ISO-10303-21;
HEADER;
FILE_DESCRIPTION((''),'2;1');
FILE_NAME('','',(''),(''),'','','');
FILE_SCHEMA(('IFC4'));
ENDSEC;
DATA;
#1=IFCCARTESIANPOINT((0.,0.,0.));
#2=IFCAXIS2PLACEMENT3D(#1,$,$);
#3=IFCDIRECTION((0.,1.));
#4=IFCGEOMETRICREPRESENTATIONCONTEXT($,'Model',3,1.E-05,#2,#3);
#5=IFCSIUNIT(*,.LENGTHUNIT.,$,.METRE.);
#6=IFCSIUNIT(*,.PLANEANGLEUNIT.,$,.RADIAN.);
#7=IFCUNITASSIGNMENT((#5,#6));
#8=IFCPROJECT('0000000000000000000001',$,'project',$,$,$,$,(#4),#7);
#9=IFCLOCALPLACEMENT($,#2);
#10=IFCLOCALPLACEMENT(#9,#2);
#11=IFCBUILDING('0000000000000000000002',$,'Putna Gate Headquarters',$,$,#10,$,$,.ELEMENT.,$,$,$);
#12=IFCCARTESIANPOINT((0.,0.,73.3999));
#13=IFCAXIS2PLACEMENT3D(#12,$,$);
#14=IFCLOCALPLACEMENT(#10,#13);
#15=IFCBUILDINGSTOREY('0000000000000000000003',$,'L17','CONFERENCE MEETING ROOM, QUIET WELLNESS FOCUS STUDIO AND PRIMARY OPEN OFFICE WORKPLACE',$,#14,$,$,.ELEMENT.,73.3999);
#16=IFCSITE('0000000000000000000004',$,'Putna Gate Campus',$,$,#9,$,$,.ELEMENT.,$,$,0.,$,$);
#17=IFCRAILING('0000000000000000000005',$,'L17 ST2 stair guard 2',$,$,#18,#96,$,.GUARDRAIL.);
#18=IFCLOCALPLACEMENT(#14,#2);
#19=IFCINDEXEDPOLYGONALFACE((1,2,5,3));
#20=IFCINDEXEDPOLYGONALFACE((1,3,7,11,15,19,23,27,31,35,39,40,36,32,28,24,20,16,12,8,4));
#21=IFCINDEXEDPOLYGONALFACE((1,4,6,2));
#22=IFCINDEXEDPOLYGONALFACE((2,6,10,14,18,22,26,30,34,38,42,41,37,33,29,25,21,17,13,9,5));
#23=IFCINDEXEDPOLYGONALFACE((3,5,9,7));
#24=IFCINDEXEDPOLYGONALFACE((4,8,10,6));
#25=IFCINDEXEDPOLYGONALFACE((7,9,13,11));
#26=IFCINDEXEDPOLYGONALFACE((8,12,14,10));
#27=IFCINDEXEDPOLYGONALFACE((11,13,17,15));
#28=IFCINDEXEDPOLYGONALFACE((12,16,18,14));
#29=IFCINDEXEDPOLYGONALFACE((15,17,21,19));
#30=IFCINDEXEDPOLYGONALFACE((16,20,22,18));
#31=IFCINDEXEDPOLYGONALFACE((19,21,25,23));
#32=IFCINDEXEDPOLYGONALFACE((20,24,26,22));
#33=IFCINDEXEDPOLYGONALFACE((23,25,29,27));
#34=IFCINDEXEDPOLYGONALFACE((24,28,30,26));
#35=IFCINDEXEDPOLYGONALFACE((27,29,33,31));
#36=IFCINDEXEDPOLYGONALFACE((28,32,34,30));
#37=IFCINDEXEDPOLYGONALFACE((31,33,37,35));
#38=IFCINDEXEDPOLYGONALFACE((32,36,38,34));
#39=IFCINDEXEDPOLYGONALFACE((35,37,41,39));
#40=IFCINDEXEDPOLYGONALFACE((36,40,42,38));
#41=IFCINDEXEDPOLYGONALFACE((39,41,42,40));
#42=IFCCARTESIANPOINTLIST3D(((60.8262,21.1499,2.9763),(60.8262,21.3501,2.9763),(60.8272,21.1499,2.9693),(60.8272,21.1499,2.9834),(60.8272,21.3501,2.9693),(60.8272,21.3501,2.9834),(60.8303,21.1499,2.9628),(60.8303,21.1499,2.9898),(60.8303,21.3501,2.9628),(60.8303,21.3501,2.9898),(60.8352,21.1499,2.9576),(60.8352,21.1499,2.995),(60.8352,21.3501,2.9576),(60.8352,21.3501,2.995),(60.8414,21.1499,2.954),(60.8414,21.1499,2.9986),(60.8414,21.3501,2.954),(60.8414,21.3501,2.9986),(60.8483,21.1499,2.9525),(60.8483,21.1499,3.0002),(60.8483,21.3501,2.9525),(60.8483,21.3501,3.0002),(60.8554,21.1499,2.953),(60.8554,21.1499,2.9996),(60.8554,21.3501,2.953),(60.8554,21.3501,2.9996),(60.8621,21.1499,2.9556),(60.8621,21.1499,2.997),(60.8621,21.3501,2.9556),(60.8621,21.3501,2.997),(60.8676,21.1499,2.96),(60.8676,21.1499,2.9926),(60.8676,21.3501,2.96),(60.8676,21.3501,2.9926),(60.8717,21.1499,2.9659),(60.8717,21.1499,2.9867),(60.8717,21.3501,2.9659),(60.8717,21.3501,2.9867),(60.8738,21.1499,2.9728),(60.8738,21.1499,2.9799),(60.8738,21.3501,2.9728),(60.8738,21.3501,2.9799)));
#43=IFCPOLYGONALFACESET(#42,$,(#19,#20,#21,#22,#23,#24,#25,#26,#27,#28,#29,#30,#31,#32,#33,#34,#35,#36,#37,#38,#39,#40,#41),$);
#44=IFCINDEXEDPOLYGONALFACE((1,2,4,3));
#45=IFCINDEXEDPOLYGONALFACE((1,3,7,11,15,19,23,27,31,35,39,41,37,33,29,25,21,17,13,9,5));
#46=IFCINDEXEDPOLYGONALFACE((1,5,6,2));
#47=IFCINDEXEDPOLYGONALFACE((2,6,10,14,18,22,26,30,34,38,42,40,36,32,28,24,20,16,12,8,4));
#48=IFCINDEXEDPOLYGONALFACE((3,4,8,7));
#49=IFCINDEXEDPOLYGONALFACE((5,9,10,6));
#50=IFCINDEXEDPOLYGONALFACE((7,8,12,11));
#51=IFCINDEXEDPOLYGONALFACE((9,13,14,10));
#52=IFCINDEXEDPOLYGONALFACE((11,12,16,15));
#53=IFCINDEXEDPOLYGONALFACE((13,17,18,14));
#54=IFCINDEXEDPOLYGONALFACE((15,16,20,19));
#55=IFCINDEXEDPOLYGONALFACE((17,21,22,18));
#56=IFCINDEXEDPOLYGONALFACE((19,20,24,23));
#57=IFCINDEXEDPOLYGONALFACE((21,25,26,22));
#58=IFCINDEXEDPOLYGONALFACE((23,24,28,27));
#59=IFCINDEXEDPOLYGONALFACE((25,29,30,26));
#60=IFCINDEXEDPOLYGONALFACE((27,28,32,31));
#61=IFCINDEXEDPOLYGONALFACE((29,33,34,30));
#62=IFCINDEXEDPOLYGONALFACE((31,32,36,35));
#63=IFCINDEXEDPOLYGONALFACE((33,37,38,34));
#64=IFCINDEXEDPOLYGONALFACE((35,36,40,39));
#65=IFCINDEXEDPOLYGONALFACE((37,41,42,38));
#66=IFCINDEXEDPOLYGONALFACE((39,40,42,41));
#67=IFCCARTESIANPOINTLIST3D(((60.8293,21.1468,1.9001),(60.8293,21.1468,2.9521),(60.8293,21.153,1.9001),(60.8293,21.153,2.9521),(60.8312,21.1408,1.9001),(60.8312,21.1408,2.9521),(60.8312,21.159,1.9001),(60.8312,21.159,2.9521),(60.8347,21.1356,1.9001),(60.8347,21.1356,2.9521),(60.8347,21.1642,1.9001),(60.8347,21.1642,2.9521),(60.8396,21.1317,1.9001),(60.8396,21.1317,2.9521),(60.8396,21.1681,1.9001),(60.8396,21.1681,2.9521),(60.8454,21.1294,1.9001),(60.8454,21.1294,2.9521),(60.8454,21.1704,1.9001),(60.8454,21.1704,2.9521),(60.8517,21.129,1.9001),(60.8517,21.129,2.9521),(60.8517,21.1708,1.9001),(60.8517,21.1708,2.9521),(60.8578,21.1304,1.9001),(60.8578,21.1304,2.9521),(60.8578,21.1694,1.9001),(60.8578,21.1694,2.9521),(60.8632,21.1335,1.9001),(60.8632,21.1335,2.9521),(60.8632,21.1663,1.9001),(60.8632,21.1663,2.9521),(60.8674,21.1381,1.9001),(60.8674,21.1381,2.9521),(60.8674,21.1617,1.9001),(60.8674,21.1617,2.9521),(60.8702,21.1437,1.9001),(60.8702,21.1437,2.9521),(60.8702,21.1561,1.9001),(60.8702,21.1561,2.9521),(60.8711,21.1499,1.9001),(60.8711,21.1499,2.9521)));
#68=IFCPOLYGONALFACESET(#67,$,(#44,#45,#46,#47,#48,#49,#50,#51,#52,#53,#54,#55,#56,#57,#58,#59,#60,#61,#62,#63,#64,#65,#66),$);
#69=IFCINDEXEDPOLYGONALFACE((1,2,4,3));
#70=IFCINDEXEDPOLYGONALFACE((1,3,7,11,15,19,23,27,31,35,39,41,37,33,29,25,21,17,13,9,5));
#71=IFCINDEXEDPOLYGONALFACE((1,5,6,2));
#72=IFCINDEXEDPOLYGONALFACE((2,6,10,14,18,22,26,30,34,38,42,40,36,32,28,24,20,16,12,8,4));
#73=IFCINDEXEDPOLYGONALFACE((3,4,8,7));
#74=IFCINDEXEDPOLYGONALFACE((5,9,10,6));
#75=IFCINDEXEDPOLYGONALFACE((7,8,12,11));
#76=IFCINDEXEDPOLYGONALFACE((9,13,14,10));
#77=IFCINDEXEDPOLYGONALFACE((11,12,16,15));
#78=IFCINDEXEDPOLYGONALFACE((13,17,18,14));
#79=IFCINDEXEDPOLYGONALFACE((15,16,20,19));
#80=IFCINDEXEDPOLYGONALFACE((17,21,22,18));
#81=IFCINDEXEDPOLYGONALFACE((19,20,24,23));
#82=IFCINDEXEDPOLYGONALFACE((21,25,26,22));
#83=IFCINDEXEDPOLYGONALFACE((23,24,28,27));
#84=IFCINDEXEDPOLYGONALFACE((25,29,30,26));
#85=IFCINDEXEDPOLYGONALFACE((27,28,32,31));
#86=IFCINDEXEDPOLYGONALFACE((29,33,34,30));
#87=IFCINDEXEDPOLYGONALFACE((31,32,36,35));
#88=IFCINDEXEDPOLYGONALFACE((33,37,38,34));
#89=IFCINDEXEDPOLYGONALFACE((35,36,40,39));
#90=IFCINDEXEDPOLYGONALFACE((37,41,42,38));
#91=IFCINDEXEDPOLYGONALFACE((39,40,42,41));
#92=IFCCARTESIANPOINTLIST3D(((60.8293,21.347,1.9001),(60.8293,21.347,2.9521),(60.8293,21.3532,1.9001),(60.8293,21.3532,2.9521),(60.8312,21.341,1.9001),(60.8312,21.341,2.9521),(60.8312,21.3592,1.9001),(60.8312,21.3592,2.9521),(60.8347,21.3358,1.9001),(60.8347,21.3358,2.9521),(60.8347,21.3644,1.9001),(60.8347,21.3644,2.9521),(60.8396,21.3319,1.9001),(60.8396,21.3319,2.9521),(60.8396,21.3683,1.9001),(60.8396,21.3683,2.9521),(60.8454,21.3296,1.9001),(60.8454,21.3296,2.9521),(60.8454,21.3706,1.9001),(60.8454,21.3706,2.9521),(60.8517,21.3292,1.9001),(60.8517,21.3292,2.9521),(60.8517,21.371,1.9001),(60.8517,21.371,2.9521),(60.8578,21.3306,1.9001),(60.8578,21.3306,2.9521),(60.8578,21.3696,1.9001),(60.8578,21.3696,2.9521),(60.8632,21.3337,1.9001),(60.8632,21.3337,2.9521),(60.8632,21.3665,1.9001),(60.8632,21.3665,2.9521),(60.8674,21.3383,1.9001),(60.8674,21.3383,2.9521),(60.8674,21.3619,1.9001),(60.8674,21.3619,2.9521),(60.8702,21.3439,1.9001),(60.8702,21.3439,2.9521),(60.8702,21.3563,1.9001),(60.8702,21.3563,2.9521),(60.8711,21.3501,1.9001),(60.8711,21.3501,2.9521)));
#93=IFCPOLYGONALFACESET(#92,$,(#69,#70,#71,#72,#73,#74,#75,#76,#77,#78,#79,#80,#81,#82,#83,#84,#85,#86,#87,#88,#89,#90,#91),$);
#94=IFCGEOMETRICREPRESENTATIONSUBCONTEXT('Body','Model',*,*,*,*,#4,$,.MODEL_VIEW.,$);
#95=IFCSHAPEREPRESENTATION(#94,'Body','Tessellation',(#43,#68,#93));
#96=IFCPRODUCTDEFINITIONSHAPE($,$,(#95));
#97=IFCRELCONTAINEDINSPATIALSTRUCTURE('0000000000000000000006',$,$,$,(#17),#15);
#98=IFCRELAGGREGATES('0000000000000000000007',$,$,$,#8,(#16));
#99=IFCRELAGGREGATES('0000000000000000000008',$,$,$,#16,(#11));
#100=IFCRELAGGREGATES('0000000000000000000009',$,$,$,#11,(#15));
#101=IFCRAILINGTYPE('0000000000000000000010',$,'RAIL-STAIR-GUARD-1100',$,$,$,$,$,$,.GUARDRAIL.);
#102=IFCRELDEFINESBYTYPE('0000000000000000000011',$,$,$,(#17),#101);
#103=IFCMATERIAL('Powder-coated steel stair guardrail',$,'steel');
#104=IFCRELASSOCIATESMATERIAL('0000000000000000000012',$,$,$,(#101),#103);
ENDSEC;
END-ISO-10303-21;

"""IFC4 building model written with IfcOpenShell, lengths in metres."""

from ifc_helpers import new_model, si_unit, direction, frame, origin, origin_2d, place, context, subcontext, project, spatial, circle, extrude, material, type_object, element, save


model = new_model("IFC4")

# Units and contexts
model_context = context("Model", 3, precision=1e-05, world=origin(), true_north=direction((0.0, 1.0)))
body_context = subcontext(model_context, "Body", "Model", "MODEL_VIEW")
ifc_project = project(units=[si_unit("LENGTHUNIT", "METRE"), si_unit("PLANEANGLEUNIT", "RADIAN")], contexts=[model_context])

# Site, building, storey
site_placement = place(None, origin())
site = spatial("IfcSite", under=ifc_project, at=site_placement, Name="Putna Gate Campus", CompositionType="ELEMENT", RefElevation=0.0)
building_placement = place(site_placement, origin())
building = spatial("IfcBuilding", under=site, at=building_placement, Name="Putna Gate Headquarters", CompositionType="ELEMENT")
storey_placement = place(building_placement, frame((0.0, 0.0, 73.3999)))
storey = spatial("IfcBuildingStorey", under=building, at=storey_placement, Name="L17", Description="CONFERENCE MEETING ROOM, QUIET WELLNESS FOCUS STUDIO AND PRIMARY OPEN OFFICE WORKPLACE", CompositionType="ELEMENT", Elevation=73.3999)

# Railing
ifc_material_1 = material(Name="Powder-coated steel stair guardrail", Category="steel")
railing_type_1 = type_object("IfcRailingType", Name="RAIL-STAIR-GUARD-1100", PredefinedType="GUARDRAIL", material=ifc_material_1)
railing_1_placement = place(storey_placement, frame((60.8501, 21.1499, 1.9001)))
element("IfcRailing", 1, at=railing_1_placement, inside=storey, type_object=railing_type_1, Name="L17 ST2 stair guard 2", PredefinedType="GUARDRAIL", context=body_context, shape_type="SweptSolid", body=[
    extrude(circle(Radius=0.0239, at=origin_2d()), frame((0.0, 0.0, 1.0762), z_axis=(0.0, 1.0, 0.0), x_axis=(-1.0, 0.0, 0.0)), (0.0, 0.0, 1.0), 0.2002),
    extrude(circle(Radius=0.021, at=origin_2d()), origin(), (0.0, 0.0, 1.0), 1.052),
    extrude(circle(Radius=0.021, at=origin_2d()), frame((0.0, 0.2002, 0.0)), (0.0, 0.0, 1.0), 1.052),
])

save(model, "model.ifc")
